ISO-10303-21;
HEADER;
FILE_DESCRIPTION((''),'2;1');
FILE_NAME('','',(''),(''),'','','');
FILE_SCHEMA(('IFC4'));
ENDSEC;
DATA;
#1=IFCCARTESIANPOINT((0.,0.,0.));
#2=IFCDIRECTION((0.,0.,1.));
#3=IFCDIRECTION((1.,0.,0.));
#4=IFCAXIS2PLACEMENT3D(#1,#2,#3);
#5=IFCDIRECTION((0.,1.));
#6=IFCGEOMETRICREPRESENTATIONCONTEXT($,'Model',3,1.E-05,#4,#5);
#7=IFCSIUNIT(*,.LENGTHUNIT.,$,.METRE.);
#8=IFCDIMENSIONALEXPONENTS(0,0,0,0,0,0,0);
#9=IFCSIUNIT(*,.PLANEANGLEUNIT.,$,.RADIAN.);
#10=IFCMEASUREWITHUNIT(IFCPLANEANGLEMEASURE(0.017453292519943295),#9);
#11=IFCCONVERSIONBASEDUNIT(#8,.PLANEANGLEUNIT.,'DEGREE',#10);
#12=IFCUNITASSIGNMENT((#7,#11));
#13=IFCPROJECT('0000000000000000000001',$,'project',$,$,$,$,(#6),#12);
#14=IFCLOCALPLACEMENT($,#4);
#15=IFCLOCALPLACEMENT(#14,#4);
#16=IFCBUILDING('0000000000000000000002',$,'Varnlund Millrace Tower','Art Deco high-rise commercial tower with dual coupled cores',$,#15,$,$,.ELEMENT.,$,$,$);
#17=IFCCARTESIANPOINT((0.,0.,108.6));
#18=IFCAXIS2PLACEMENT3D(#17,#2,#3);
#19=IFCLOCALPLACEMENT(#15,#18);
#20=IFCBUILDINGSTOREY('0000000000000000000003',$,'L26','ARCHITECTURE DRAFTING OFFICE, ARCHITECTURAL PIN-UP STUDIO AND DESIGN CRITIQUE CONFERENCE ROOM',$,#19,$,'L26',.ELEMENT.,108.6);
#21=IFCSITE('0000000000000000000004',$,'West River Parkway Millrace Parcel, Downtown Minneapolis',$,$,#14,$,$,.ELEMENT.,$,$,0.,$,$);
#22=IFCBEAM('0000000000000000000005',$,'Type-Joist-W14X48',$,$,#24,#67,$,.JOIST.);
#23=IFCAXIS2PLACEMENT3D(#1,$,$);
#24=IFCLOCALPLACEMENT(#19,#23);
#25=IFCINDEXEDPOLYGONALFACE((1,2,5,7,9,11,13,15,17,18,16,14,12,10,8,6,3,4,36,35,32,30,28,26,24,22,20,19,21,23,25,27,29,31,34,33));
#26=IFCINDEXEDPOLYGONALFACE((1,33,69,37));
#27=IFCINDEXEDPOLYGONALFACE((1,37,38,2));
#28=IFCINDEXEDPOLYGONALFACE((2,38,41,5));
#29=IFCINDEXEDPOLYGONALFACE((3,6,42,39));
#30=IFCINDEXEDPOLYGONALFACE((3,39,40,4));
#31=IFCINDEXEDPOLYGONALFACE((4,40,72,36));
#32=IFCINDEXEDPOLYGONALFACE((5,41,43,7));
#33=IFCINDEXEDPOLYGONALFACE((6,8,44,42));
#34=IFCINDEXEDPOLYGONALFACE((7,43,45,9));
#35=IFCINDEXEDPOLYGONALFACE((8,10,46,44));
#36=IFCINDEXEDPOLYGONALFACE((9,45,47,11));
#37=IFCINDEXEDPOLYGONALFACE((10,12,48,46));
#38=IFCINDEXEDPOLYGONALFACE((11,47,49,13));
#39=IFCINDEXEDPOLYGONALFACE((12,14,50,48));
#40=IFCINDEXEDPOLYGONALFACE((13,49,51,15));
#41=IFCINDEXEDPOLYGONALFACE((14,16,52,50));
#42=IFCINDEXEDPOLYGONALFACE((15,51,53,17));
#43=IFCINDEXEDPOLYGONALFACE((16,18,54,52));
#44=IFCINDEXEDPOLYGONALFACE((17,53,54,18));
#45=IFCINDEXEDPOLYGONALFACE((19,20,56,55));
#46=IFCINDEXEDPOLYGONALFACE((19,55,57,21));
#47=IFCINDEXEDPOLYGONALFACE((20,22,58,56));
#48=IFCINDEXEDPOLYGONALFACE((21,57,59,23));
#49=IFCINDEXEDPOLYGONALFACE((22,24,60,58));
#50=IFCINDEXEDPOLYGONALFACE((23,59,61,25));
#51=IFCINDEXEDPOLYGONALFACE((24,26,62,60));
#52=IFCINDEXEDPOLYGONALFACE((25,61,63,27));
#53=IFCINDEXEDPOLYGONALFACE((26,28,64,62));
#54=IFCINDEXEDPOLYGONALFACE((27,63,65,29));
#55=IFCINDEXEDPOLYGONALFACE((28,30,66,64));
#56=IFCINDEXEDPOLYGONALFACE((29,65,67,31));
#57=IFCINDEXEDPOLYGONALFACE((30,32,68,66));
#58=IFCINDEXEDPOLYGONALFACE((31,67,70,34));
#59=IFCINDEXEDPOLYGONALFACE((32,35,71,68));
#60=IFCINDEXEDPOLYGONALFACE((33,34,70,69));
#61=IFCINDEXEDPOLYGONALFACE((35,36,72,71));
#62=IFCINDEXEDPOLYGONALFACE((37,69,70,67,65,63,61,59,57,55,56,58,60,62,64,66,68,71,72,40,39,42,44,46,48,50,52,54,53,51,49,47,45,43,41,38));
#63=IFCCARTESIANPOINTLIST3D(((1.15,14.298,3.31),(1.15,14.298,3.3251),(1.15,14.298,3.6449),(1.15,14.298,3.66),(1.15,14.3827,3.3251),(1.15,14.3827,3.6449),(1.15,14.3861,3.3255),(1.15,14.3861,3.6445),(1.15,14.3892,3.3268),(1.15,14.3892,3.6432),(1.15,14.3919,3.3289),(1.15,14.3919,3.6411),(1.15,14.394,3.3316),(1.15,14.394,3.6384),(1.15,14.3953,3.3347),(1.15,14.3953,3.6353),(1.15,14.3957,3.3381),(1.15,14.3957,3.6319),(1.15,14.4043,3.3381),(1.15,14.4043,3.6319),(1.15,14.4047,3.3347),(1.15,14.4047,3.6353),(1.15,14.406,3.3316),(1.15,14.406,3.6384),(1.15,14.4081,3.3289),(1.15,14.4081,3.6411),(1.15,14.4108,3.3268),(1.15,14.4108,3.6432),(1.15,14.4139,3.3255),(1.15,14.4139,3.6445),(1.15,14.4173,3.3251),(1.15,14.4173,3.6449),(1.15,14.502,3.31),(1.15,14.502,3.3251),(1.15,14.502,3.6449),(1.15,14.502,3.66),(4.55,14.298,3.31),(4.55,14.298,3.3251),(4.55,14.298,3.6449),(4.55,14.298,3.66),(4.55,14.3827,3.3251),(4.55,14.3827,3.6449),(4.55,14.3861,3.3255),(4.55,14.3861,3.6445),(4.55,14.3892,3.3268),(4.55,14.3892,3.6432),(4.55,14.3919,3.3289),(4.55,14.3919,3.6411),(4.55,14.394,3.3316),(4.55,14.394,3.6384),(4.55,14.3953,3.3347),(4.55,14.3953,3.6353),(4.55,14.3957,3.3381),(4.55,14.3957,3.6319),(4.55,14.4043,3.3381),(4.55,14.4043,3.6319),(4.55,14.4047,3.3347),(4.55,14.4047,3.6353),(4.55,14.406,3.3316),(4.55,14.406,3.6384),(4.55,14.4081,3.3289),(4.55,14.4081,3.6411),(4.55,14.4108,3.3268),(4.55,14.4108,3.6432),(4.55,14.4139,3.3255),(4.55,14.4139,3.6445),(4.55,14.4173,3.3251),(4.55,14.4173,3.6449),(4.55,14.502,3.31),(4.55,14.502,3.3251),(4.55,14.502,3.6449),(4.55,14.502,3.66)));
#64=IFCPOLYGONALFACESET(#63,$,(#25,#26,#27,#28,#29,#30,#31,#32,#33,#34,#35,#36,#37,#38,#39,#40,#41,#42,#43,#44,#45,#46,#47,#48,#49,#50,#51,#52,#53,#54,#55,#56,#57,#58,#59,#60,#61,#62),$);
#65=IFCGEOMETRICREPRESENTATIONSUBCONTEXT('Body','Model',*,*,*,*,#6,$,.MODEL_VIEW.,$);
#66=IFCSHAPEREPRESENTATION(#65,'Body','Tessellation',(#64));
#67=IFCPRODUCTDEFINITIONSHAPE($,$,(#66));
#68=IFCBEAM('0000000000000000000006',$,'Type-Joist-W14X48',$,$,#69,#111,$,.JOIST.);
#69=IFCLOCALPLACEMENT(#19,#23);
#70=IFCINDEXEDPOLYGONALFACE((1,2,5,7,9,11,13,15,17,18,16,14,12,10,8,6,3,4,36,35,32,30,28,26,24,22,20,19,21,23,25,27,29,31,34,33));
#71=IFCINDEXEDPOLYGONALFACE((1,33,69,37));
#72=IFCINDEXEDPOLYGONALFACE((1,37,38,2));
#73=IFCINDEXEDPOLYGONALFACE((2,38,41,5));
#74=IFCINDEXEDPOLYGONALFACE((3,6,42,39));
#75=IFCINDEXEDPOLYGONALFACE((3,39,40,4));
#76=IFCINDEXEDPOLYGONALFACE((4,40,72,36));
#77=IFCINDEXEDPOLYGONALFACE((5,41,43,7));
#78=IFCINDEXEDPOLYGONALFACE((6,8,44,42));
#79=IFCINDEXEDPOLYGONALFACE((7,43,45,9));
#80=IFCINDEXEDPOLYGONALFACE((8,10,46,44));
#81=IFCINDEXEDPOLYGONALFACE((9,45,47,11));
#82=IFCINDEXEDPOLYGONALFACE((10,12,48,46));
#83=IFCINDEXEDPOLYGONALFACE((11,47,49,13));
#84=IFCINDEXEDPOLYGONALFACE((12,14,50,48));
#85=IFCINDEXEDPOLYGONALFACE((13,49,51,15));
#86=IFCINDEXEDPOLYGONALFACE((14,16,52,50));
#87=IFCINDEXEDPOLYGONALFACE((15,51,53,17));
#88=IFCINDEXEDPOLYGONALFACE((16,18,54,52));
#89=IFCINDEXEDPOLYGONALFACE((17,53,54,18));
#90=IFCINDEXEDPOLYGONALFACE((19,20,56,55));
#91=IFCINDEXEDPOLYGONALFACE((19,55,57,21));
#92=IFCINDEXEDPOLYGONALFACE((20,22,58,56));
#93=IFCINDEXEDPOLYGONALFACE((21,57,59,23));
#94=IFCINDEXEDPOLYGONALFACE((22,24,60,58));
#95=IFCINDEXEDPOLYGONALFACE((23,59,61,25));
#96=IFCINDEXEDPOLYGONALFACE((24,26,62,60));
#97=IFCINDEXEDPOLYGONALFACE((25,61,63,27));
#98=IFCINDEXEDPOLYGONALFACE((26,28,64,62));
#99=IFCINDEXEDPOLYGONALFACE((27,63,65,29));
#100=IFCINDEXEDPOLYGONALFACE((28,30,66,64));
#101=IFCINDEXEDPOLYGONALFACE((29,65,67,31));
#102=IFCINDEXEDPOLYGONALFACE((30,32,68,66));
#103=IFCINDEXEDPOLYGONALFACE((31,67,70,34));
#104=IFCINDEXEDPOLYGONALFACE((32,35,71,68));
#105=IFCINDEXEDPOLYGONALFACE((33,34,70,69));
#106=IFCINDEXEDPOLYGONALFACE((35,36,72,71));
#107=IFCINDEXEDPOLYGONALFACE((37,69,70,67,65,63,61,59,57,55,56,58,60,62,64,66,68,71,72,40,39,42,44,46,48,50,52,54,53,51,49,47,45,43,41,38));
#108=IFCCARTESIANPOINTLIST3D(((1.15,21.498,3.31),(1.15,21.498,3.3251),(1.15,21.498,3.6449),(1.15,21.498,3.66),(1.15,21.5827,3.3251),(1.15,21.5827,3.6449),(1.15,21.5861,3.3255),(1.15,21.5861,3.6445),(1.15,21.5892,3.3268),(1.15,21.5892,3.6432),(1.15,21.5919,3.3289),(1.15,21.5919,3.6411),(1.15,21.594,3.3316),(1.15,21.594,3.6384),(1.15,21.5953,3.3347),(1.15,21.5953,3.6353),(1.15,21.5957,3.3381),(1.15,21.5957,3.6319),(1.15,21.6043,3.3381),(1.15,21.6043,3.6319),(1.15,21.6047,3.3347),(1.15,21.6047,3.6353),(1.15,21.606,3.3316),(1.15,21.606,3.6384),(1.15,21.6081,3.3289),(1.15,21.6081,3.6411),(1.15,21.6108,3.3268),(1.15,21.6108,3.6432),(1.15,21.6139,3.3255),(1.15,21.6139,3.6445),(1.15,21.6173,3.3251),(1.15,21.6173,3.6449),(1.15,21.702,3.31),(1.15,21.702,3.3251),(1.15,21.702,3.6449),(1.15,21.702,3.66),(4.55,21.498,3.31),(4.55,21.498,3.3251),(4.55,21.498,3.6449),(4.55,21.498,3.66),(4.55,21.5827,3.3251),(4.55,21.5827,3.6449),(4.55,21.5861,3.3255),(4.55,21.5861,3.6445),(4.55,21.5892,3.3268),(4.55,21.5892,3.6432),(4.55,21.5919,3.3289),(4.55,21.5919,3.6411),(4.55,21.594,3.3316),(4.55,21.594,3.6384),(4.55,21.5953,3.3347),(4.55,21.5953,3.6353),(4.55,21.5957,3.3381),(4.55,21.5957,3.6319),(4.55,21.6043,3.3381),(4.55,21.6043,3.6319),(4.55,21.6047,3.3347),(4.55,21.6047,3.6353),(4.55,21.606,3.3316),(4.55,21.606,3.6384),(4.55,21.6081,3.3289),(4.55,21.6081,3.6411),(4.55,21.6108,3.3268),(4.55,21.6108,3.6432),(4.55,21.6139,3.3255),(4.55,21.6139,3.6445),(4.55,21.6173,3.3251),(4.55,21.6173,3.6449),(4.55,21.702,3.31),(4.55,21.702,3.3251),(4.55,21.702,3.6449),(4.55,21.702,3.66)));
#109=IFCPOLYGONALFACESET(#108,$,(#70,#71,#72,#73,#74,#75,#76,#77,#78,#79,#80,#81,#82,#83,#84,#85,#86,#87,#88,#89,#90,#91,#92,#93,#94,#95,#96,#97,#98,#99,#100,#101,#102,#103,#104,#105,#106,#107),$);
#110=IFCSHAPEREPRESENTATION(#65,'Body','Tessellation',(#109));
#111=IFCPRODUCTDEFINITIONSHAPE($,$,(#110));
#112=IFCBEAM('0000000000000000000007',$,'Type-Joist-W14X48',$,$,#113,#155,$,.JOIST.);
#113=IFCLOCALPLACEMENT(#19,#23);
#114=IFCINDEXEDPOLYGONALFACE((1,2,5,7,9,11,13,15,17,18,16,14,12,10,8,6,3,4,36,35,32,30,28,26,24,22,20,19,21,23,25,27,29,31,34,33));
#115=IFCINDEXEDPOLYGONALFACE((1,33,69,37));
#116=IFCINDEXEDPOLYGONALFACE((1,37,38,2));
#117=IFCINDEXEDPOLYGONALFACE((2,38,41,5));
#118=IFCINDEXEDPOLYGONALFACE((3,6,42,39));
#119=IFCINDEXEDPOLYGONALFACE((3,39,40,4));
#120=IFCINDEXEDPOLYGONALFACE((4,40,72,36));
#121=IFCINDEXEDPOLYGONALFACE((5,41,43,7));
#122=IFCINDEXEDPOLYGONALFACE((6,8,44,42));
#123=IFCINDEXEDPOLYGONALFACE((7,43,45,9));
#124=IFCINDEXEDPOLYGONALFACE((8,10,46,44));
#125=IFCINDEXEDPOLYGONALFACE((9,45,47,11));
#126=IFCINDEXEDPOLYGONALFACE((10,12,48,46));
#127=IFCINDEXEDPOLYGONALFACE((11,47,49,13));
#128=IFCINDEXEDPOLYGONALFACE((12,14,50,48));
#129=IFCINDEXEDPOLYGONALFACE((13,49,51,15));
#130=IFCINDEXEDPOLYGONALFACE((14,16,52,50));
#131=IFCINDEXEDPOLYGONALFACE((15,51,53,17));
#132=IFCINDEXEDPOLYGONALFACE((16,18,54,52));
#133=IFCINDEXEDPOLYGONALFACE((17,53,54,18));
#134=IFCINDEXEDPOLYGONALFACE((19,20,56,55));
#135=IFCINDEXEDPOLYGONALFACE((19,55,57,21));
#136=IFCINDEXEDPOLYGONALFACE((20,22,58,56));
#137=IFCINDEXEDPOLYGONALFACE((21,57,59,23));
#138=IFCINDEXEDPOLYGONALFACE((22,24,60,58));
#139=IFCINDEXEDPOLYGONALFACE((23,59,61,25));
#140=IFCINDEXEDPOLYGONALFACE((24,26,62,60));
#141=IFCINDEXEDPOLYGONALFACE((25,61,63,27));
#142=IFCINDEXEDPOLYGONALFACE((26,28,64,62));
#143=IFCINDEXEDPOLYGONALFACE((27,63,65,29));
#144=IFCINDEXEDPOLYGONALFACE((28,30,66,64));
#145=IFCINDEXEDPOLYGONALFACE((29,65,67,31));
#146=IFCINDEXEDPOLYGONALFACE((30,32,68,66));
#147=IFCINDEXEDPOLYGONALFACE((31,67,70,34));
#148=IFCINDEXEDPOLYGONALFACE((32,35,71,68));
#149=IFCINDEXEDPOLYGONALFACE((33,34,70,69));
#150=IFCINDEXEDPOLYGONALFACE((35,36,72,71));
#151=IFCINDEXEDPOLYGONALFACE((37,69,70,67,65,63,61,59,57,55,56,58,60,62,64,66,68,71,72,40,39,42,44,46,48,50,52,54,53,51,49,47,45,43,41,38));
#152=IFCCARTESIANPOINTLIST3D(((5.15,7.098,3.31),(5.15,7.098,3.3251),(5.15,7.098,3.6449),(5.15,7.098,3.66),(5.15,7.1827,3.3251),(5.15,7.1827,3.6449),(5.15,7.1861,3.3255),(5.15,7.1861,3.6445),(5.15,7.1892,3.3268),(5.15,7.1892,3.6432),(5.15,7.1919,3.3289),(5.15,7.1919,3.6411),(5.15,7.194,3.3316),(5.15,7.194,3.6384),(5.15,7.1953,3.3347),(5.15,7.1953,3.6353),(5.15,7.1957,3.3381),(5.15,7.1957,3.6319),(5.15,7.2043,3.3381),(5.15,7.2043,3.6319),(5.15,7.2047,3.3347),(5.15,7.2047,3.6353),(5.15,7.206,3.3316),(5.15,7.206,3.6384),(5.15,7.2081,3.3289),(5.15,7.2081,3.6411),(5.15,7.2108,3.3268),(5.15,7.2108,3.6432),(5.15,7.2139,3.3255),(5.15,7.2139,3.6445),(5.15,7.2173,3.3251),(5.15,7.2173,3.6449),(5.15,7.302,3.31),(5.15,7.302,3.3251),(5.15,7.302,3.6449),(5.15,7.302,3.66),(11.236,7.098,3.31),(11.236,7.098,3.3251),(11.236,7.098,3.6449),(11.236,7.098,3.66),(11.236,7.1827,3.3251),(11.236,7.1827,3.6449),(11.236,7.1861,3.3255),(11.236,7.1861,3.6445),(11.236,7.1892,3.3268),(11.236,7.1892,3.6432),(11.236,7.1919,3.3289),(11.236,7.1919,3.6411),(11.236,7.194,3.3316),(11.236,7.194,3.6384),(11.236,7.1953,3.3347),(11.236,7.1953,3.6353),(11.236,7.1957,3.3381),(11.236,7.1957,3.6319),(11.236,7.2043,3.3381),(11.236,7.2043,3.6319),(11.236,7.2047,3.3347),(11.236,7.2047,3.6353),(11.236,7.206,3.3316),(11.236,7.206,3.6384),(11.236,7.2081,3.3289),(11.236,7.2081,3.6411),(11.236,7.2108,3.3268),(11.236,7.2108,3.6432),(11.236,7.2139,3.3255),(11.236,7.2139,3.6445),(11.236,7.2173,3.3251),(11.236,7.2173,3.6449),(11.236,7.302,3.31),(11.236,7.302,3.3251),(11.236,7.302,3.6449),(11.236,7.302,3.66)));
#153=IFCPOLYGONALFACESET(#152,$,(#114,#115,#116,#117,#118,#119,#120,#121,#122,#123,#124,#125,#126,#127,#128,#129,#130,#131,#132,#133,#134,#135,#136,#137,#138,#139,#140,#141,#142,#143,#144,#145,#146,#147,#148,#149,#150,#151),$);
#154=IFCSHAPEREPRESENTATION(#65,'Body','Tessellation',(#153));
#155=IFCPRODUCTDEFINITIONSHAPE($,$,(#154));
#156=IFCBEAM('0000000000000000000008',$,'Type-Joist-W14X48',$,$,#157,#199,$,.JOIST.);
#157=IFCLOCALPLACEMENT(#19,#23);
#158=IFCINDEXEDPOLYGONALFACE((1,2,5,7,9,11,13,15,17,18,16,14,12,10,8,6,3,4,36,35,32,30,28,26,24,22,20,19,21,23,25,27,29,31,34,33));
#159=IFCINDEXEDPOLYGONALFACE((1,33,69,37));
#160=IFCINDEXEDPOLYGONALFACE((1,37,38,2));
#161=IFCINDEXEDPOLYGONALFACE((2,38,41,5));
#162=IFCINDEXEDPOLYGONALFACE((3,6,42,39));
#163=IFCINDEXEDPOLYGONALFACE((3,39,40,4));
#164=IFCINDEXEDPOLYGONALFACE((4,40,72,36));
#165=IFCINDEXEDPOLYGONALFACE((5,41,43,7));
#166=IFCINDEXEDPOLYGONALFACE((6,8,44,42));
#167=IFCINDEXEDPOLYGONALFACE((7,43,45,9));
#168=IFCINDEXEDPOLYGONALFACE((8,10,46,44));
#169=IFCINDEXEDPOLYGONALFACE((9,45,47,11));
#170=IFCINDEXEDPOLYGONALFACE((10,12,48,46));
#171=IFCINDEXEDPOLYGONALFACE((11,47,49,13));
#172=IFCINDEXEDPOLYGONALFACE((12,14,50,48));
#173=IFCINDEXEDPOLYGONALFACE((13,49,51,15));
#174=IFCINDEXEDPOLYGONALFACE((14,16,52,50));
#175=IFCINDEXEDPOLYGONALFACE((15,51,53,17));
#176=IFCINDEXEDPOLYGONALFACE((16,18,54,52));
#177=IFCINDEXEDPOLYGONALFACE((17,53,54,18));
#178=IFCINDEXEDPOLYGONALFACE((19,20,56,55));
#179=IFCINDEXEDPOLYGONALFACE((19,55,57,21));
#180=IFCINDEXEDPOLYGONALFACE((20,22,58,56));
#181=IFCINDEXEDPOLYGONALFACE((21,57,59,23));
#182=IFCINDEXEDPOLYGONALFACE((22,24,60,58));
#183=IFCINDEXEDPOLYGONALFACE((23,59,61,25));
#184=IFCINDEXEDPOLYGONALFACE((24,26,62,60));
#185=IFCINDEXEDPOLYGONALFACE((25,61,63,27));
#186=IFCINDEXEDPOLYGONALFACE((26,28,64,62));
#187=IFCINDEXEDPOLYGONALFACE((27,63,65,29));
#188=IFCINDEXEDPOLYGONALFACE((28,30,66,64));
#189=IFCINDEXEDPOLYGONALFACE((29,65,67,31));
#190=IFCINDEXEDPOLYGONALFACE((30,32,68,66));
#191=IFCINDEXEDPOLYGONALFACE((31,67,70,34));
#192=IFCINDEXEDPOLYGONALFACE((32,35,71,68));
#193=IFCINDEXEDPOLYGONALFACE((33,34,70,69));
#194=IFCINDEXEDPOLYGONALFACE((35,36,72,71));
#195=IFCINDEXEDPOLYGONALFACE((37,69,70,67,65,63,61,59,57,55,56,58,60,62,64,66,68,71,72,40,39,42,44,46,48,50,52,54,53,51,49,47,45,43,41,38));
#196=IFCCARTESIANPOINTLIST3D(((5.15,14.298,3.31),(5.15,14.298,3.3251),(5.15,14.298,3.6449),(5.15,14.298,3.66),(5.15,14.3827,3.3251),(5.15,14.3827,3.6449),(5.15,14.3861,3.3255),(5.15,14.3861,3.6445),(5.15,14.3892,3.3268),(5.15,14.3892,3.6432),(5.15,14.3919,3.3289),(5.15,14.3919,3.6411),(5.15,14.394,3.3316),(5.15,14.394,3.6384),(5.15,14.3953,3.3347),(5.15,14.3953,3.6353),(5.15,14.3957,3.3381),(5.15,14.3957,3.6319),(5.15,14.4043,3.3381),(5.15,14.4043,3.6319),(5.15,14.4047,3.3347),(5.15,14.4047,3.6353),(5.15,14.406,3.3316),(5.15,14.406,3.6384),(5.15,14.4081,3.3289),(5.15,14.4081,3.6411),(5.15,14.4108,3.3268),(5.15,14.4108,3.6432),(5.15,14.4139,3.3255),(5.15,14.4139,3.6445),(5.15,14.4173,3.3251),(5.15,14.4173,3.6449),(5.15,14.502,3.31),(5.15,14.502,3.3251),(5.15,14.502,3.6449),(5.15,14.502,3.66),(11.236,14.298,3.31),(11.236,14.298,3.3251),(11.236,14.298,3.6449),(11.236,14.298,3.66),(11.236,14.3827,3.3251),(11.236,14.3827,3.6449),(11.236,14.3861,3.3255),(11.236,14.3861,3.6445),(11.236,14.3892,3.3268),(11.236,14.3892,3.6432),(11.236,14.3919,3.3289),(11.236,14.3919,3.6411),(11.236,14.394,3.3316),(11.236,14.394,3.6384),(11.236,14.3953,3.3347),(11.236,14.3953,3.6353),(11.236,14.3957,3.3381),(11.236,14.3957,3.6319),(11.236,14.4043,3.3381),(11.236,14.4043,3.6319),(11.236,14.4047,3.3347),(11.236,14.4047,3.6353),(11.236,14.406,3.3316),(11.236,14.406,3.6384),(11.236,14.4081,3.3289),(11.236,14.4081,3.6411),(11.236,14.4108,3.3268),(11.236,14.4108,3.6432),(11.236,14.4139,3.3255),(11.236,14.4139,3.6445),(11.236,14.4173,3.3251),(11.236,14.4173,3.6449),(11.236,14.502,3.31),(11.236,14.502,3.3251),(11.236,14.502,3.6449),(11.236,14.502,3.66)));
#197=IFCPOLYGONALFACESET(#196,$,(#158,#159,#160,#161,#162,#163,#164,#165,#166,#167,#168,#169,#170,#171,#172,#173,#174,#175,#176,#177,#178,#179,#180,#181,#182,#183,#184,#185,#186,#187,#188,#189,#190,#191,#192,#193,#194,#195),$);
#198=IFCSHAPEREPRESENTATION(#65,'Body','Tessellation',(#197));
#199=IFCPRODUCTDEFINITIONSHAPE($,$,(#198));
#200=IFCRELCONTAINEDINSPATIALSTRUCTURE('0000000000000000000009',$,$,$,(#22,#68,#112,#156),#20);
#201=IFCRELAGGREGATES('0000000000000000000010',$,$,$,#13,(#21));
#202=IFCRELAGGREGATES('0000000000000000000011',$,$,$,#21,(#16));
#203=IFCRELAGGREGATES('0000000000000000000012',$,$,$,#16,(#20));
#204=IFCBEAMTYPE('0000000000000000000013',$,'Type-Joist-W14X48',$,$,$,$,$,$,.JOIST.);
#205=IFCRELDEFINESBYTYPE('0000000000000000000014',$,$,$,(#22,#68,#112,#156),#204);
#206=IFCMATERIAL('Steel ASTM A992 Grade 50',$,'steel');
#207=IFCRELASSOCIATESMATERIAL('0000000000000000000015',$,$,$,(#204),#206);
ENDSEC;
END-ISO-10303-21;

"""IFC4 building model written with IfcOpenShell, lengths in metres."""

from ifc_helpers import new_model, entity, si_unit, converted_unit, direction, frame, origin_with_axes, origin_2d_with_axis, place, context, subcontext, project, spatial, i_section, extrude, material, material_profile, profile_set, type_object, element, save


model = new_model("IFC4")

# Units and contexts
model_context = context("Model", 3, precision=1e-05, world=origin_with_axes(), true_north=direction((0.0, 1.0)))
body_context = subcontext(model_context, "Body", "Model", "MODEL_VIEW")
ifc_project = project(units=[si_unit("LENGTHUNIT", "METRE"), converted_unit("PLANEANGLEUNIT", "DEGREE", entity("IfcPlaneAngleMeasure", 0.017453292519943295), si_unit("PLANEANGLEUNIT", "RADIAN"), dimensions=[0, 0, 0, 0, 0, 0, 0])], contexts=[model_context])

# Site, building, storey
site_placement = place(None, origin_with_axes())
site = spatial("IfcSite", under=ifc_project, at=site_placement, Name="West River Parkway Millrace Parcel, Downtown Minneapolis", CompositionType="ELEMENT", RefElevation=0.0)
building_placement = place(site_placement, origin_with_axes())
building = spatial("IfcBuilding", under=site, at=building_placement, Name="Varnlund Millrace Tower", Description="Art Deco high-rise commercial tower with dual coupled cores", CompositionType="ELEMENT")
storey_placement = place(building_placement, frame((0.0, 0.0, 108.6), z_axis=(0.0, 0.0, 1.0), x_axis=(1.0, 0.0, 0.0)))
storey = spatial("IfcBuildingStorey", under=building, at=storey_placement, Name="L26", Description="ARCHITECTURE DRAFTING OFFICE, ARCHITECTURAL PIN-UP STUDIO AND DESIGN CRITIQUE CONFERENCE ROOM", LongName="L26", CompositionType="ELEMENT", Elevation=108.6)

# Beams
ifc_material_1 = material(Name="Steel ASTM A992 Grade 50", Category="steel")
ifc_material_profile_1 = material_profile(ifc_material_1, i_section(OverallWidth=0.204, OverallDepth=0.35, WebThickness=0.0086, FlangeThickness=0.0151, FilletRadius=0.013, at=origin_2d_with_axis()), Name="Steel ASTM A992 Grade 50")
ifc_profile_set_1 = profile_set([ifc_material_profile_1], Name="Steel ASTM A992 Grade 50")
beam_type_1 = type_object("IfcBeamType", Name="Type-Joist-W14X48", PredefinedType="JOIST", material=ifc_profile_set_1)
for number, where, z_axis, x_axis, name in (
    (1, (1.15, 14.4, 3.485), (1.0, 0.0, 0.0), (0.0, 1.0, 0.0), "Type-Joist-W14X48"),
    (2, (1.15, 21.6, 3.485), (1.0, 0.0, 0.0), (0.0, 1.0, 0.0), "Type-Joist-W14X48"),
):
    element("IfcBeam", number, at=place(storey_placement, frame(where, z_axis=z_axis, x_axis=x_axis)), inside=storey, type_object=beam_type_1, Name=name, PredefinedType="JOIST", context=body_context, shape_type="SweptSolid", body=[
        extrude(i_section(OverallWidth=0.204, OverallDepth=0.35, WebThickness=0.0086, FlangeThickness=0.0151, FilletRadius=0.013, at=origin_2d_with_axis()), origin_with_axes(), (0.0, 0.0, 1.0), 3.4),
    ])
for number, where, z_axis, x_axis, name in (
    (3, (5.15, 7.2, 3.485), (1.0, 0.0, 0.0), (0.0, 1.0, 0.0), "Type-Joist-W14X48"),
    (4, (5.15, 14.4, 3.485), (1.0, 0.0, 0.0), (0.0, 1.0, 0.0), "Type-Joist-W14X48"),
):
    element("IfcBeam", number, at=place(storey_placement, frame(where, z_axis=z_axis, x_axis=x_axis)), inside=storey, type_object=beam_type_1, Name=name, PredefinedType="JOIST", context=body_context, shape_type="SweptSolid", body=[
        extrude(i_section(OverallWidth=0.204, OverallDepth=0.35, WebThickness=0.0086, FlangeThickness=0.0151, FilletRadius=0.013, at=origin_2d_with_axis()), origin_with_axes(), (0.0, 0.0, 1.0), 6.086),
    ])

save(model, "model.ifc")
